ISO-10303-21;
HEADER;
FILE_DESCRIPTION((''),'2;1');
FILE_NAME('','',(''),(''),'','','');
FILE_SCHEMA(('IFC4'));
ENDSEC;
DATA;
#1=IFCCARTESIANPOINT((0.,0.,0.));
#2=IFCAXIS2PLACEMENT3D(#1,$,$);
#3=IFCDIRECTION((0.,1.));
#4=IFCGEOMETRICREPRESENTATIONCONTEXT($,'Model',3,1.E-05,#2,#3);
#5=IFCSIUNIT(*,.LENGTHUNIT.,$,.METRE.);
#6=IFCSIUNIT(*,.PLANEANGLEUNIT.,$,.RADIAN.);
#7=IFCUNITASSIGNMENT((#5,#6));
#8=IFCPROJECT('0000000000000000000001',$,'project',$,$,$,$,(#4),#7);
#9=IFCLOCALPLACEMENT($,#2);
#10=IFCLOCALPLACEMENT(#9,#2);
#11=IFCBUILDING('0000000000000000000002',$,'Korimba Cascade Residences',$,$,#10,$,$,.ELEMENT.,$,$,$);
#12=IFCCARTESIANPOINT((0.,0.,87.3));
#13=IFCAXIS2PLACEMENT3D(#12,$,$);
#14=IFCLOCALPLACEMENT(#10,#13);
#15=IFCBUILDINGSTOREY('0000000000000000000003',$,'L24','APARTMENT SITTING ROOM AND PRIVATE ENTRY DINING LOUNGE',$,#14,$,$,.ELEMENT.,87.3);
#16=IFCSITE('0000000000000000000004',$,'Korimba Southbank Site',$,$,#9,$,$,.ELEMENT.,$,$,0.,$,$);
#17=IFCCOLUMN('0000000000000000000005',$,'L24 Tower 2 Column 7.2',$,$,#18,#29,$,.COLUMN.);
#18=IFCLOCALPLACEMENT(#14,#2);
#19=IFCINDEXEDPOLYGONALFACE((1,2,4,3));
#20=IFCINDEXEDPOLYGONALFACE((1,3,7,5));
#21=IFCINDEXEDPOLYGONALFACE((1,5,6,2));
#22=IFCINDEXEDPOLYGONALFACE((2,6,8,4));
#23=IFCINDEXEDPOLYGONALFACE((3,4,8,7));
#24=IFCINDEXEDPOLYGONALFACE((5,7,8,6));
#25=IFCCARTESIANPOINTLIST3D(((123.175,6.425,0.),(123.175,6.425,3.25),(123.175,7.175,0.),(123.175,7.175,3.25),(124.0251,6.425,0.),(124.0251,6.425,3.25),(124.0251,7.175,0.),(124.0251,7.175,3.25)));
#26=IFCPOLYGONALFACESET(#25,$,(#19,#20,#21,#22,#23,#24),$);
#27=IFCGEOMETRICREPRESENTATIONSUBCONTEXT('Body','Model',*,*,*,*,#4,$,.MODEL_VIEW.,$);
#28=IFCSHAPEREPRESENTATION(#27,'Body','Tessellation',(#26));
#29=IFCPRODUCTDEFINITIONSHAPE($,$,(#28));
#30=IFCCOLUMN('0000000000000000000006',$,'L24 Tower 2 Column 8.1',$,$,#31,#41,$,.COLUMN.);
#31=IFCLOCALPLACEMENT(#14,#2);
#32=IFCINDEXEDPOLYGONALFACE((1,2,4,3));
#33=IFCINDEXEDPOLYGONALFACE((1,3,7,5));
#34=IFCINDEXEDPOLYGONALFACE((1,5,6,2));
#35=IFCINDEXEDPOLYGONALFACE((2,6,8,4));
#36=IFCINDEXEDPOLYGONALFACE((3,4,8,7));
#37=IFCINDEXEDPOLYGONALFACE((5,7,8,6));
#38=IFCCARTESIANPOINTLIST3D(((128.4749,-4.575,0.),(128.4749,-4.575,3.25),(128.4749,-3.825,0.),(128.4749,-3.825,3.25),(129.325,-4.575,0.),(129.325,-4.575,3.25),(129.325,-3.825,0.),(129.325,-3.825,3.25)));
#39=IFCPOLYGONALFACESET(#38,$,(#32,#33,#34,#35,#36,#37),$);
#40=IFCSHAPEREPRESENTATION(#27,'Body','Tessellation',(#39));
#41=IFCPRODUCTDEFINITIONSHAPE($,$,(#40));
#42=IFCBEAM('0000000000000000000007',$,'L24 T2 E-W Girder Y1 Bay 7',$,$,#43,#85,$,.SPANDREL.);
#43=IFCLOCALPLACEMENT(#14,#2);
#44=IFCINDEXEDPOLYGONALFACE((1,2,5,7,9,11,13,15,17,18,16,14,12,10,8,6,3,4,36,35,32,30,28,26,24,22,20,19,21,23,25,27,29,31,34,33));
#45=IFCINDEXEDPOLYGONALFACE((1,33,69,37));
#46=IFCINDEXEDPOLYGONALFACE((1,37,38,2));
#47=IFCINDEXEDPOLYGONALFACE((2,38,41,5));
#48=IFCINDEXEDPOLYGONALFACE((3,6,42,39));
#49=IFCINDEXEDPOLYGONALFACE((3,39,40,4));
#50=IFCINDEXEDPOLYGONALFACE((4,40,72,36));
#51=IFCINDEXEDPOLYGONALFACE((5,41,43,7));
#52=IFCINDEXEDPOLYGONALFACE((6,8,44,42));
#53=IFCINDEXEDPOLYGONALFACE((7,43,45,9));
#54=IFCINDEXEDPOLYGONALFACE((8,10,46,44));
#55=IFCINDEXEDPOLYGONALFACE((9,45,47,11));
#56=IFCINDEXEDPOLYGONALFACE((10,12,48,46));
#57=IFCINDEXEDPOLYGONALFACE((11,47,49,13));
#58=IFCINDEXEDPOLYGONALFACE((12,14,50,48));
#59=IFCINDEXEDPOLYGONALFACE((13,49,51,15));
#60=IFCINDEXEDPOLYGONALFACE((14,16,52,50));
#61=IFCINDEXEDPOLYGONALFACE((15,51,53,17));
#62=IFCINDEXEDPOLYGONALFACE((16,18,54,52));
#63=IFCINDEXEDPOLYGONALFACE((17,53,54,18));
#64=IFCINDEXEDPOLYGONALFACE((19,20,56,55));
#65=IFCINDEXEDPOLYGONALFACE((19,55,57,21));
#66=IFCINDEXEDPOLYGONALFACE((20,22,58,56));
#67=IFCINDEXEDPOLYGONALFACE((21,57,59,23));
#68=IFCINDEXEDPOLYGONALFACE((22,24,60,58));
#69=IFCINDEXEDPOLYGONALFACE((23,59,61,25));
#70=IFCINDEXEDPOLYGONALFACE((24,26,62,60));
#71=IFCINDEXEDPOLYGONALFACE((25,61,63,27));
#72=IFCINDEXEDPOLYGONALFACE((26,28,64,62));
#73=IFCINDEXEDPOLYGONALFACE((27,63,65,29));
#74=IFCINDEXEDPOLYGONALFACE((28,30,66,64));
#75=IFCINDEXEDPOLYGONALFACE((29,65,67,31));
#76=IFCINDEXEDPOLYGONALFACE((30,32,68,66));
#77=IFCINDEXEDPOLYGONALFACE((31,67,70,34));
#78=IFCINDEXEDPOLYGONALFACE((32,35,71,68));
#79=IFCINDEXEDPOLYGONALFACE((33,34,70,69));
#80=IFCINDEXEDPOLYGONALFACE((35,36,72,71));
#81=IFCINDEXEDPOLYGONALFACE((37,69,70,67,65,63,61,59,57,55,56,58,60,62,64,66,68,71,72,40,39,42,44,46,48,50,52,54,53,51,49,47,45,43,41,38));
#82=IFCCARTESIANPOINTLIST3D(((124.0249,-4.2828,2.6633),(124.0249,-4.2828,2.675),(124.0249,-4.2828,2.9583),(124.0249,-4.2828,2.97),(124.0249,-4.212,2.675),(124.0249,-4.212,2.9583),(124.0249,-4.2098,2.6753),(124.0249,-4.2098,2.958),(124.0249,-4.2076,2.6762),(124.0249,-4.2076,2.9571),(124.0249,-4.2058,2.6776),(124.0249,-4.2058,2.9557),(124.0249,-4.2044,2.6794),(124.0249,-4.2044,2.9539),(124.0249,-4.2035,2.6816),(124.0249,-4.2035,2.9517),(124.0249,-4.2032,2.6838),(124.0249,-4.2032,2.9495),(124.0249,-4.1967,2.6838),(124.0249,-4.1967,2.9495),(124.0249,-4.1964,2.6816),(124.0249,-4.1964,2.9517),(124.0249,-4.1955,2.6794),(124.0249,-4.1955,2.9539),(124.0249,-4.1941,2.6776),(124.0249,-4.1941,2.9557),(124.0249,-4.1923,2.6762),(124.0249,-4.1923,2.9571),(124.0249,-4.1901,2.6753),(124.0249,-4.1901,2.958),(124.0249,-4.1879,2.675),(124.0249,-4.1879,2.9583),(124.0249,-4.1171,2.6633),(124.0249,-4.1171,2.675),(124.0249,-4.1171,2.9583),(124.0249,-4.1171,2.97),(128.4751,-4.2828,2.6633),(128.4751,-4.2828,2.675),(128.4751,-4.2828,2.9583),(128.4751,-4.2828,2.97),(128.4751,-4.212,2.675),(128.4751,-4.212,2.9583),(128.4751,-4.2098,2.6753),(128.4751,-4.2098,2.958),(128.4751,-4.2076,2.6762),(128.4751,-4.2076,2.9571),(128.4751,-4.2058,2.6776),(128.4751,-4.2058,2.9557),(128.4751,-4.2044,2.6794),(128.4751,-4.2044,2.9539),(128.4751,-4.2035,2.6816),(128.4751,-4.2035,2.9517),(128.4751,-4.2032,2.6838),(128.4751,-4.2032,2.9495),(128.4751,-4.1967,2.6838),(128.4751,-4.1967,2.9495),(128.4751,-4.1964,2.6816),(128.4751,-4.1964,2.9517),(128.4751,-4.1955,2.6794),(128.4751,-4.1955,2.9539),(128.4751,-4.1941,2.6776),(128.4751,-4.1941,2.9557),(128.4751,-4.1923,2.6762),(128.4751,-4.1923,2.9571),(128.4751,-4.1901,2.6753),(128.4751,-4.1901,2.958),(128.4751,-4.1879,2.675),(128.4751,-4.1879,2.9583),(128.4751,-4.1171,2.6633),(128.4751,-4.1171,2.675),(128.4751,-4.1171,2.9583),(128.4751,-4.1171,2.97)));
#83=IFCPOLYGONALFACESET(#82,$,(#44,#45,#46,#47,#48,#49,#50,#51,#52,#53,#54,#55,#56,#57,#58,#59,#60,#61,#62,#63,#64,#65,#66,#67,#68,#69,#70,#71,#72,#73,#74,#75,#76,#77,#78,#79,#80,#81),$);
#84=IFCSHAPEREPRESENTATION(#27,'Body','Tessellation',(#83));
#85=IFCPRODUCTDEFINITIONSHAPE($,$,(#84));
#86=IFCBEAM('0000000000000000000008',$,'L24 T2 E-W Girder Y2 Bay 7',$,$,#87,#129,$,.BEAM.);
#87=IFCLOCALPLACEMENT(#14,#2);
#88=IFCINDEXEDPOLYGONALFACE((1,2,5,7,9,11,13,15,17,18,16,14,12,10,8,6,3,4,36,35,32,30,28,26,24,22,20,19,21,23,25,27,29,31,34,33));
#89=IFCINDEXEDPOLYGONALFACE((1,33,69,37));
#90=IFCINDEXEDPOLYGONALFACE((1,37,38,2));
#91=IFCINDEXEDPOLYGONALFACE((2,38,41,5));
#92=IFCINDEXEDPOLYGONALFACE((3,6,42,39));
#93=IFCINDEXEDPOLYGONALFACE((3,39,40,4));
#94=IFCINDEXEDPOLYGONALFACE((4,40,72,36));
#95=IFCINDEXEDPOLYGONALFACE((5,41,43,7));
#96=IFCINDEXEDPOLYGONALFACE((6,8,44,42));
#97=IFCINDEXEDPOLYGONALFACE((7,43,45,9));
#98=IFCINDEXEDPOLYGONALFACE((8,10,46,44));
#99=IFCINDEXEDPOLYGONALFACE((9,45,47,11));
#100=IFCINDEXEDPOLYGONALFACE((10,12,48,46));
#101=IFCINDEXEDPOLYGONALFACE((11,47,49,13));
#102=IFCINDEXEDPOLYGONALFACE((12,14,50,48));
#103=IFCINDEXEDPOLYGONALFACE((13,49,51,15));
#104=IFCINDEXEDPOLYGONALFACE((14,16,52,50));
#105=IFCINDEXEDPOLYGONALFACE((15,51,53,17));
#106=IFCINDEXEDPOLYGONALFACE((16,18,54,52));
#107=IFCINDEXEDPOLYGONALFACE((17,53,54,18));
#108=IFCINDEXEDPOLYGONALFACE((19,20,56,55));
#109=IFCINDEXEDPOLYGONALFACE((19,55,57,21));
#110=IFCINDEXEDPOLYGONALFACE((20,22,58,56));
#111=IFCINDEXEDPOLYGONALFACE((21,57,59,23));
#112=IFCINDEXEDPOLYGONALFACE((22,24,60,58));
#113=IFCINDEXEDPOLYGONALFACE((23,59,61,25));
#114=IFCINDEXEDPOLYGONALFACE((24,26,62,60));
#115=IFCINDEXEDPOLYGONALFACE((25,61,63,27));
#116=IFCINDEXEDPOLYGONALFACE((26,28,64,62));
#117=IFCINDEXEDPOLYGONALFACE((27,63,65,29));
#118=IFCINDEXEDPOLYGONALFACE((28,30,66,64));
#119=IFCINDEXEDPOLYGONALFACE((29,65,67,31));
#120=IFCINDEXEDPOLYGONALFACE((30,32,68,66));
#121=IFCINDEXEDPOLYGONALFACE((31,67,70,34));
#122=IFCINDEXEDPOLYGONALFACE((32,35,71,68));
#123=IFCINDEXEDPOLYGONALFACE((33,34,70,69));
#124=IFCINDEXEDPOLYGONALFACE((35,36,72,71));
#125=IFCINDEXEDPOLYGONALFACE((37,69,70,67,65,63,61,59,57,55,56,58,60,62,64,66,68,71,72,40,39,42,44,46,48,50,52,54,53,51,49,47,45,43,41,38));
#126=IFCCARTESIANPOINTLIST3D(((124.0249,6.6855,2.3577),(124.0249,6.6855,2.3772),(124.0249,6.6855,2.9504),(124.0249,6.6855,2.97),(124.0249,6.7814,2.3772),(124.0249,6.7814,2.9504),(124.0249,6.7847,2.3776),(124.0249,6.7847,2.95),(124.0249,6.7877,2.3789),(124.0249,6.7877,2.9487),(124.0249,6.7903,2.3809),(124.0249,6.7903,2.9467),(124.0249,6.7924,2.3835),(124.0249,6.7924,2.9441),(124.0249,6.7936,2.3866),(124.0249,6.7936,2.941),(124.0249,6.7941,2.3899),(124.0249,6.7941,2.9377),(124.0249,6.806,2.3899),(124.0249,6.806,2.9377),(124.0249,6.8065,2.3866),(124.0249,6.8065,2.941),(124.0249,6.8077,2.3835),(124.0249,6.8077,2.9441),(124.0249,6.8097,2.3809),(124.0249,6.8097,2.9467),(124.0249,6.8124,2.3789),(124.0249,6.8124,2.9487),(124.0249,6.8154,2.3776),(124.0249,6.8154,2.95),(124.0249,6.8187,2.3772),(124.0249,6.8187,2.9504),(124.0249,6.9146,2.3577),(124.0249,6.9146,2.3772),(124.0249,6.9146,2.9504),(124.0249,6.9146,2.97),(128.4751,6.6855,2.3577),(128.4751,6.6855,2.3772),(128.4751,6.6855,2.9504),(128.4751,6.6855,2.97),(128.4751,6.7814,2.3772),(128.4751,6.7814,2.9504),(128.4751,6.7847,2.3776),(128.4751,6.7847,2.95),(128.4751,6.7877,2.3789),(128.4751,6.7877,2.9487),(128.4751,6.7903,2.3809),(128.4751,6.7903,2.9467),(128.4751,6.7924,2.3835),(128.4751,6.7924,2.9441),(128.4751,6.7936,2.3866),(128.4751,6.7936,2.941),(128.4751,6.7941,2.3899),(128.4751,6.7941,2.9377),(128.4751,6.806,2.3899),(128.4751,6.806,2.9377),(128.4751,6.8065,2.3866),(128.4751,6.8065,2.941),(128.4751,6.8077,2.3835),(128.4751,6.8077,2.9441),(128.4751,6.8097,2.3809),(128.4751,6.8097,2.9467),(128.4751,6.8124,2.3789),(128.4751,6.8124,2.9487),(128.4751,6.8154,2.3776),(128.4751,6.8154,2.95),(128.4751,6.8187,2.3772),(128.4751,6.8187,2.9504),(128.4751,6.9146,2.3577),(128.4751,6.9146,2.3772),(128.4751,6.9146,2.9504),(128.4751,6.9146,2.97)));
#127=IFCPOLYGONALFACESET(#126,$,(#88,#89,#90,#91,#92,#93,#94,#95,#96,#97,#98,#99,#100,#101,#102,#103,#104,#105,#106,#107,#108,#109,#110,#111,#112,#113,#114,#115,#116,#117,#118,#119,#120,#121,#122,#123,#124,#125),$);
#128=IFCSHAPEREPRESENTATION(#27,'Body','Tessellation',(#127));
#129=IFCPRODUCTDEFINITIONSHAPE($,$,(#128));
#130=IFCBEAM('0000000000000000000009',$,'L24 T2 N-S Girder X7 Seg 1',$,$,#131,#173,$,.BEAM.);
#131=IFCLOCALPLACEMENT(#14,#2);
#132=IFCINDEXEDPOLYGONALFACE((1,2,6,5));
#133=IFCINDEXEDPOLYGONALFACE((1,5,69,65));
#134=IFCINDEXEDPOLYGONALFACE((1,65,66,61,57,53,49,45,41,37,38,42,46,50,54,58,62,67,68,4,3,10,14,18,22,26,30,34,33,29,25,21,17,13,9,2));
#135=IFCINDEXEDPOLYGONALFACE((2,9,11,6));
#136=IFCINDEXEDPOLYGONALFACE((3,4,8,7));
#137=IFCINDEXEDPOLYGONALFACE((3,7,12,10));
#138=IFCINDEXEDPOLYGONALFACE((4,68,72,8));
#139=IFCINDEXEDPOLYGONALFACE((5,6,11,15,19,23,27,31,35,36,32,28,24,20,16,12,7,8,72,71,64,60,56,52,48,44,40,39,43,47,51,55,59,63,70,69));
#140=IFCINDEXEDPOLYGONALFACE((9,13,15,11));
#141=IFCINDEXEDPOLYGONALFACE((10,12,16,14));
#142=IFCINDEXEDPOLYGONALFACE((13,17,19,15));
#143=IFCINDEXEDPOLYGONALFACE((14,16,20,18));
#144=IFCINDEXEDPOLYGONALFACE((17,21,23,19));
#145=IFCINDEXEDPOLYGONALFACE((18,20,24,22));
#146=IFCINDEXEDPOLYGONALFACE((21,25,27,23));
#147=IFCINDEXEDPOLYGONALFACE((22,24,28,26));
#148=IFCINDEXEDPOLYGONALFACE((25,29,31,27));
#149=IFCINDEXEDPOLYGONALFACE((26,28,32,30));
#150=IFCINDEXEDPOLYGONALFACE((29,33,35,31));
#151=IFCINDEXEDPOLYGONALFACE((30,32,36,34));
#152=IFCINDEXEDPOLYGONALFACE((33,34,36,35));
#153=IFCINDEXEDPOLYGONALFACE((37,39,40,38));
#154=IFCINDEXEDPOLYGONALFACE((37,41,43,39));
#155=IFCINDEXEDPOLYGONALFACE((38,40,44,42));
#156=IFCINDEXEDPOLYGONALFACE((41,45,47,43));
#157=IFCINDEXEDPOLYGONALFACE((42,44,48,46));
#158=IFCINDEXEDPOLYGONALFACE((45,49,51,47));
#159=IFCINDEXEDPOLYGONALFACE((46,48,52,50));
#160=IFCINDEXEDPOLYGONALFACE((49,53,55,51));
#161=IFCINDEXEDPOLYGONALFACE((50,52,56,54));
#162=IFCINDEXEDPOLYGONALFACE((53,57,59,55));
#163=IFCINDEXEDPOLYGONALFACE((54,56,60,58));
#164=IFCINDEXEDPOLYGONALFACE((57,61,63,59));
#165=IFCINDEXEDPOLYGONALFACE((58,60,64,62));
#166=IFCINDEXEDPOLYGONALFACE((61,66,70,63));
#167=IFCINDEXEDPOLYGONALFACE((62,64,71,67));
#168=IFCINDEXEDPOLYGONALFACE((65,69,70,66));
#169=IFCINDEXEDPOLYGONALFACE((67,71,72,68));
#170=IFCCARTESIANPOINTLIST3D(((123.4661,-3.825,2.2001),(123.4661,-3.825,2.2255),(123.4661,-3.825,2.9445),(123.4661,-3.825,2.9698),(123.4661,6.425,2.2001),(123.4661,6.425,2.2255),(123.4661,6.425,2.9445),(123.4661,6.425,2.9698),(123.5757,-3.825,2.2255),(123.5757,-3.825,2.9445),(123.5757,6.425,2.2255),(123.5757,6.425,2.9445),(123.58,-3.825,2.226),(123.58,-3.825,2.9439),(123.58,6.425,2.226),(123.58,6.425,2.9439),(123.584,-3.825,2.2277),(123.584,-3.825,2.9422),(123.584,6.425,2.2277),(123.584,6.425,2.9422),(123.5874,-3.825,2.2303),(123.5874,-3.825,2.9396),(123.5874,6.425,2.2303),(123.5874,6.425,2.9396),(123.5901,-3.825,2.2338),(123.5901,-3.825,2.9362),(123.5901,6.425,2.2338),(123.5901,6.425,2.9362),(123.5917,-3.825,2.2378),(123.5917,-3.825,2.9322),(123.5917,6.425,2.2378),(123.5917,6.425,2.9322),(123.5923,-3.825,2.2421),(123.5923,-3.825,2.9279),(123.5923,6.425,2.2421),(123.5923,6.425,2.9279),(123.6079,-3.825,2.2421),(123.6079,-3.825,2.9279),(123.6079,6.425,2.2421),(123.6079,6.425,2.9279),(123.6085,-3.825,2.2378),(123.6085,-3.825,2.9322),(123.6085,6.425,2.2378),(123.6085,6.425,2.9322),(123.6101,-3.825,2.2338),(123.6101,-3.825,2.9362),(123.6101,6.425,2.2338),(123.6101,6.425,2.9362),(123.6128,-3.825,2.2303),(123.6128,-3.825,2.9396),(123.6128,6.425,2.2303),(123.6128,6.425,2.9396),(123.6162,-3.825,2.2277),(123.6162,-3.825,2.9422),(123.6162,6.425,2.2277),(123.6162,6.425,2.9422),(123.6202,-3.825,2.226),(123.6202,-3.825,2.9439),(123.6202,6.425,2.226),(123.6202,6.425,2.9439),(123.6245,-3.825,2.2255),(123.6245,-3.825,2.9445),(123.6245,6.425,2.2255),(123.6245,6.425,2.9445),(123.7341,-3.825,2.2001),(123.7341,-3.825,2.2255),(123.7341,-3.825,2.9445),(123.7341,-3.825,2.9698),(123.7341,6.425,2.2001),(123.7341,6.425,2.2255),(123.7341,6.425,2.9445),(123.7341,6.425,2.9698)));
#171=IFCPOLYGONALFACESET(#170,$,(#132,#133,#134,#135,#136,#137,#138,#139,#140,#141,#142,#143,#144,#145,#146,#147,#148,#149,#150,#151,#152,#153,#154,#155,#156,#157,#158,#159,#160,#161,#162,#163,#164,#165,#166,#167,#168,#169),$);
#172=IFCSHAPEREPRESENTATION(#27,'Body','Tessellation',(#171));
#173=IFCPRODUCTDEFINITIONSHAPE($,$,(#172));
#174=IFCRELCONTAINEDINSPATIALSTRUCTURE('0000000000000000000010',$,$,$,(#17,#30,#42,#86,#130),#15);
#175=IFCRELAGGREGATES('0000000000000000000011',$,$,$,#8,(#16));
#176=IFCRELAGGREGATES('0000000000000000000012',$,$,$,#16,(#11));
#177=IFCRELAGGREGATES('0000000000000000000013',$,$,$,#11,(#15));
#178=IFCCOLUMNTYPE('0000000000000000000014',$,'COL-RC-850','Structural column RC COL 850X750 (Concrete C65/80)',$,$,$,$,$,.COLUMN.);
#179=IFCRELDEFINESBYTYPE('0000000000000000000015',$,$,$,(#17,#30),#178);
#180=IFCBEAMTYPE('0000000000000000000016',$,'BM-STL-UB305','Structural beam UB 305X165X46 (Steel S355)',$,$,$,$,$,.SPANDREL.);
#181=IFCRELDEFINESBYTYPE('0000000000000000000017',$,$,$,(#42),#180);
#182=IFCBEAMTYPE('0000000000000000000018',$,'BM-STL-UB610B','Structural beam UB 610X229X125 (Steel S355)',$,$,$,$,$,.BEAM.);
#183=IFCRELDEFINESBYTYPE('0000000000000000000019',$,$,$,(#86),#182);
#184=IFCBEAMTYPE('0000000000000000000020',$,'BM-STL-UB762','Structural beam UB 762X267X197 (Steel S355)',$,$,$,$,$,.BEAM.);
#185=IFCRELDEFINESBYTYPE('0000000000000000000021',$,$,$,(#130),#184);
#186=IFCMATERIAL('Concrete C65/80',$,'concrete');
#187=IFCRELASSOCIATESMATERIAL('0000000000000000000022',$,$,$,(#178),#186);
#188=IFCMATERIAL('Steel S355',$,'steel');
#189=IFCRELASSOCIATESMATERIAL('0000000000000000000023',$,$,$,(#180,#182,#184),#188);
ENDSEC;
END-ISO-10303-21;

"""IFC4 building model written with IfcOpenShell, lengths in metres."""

from ifc_helpers import new_model, si_unit, direction, frame, origin, origin_2d, place, context, subcontext, project, spatial, rectangle, i_section, extrude, material, material_profile, profile_set, type_object, element, save


model = new_model("IFC4")

# Units and contexts
model_context = context("Model", 3, precision=1e-05, world=origin(), true_north=direction((0.0, 1.0)))
body_context = subcontext(model_context, "Body", "Model", "MODEL_VIEW")
ifc_project = project(units=[si_unit("LENGTHUNIT", "METRE"), si_unit("PLANEANGLEUNIT", "RADIAN")], contexts=[model_context])

# Site, building, storey
site_placement = place(None, origin())
site = spatial("IfcSite", under=ifc_project, at=site_placement, Name="Korimba Southbank Site", CompositionType="ELEMENT", RefElevation=0.0)
building_placement = place(site_placement, origin())
building = spatial("IfcBuilding", under=site, at=building_placement, Name="Korimba Cascade Residences", CompositionType="ELEMENT")
storey_placement = place(building_placement, frame((0.0, 0.0, 87.3)))
storey = spatial("IfcBuildingStorey", under=building, at=storey_placement, Name="L24", Description="APARTMENT SITTING ROOM AND PRIVATE ENTRY DINING LOUNGE", CompositionType="ELEMENT", Elevation=87.3)

# Columns
ifc_material_1 = material(Name="Concrete C65/80", Category="concrete")
ifc_material_profile_1 = material_profile(ifc_material_1, rectangle(XDim=0.8501, YDim=0.75, at=origin_2d()), Name="Concrete C65/80")
ifc_profile_set_1 = profile_set([ifc_material_profile_1], Name="Concrete C65/80")
column_type = type_object("IfcColumnType", Name="COL-RC-850", Description="Structural column RC COL 850X750 (Concrete C65/80)", PredefinedType="COLUMN", material=ifc_profile_set_1)
for number, where, z_axis, x_axis, name in (
    (1, (123.6001, 6.8, 0.0), (0.0, 0.0, 1.0), (1.0, 0.0, 0.0), "L24 Tower 2 Column 7.2"),
    (2, (128.8999, -4.2, 0.0), (0.0, 0.0, 1.0), (1.0, 0.0, 0.0), "L24 Tower 2 Column 8.1"),
):
    element("IfcColumn", number, at=place(storey_placement, frame(where, z_axis=z_axis, x_axis=x_axis)), inside=storey, type_object=column_type, Name=name, PredefinedType="COLUMN", context=body_context, shape_type="SweptSolid", body=[
        extrude(rectangle(XDim=0.8501, YDim=0.75, at=origin_2d()), origin(), (0.0, 0.0, 1.0), 3.25),
    ])

# Beams
ifc_material_2 = material(Name="Steel S355", Category="steel")
ifc_material_profile_2 = material_profile(ifc_material_2, i_section(OverallWidth=0.1658, OverallDepth=0.3066, WebThickness=0.0066, FlangeThickness=0.0117, FilletRadius=0.0088, at=origin_2d()), Name="Steel S355")
ifc_profile_set_2 = profile_set([ifc_material_profile_2], Name="Steel S355")
beam_type_1 = type_object("IfcBeamType", Name="BM-STL-UB305", Description="Structural beam UB 305X165X46 (Steel S355)", PredefinedType="SPANDREL", material=ifc_profile_set_2)
beam_1_placement = place(storey_placement, frame((124.0249, -4.2, 2.8167), z_axis=(1.0, 0.0, 0.0), x_axis=(0.0, 1.0, 0.0)))
element("IfcBeam", 3, at=beam_1_placement, inside=storey, type_object=beam_type_1, Name="L24 T2 E-W Girder Y1 Bay 7", PredefinedType="SPANDREL", context=body_context, shape_type="SweptSolid", body=[
    extrude(i_section(OverallWidth=0.1658, OverallDepth=0.3066, WebThickness=0.0066, FlangeThickness=0.0117, FilletRadius=0.0088, at=origin_2d()), origin(), (0.0, 0.0, 1.0), 4.4502),
])
ifc_material_profile_3 = material_profile(ifc_material_2, i_section(OverallWidth=0.229, OverallDepth=0.6123, WebThickness=0.012, FlangeThickness=0.0195, FilletRadius=0.0127, at=origin_2d()), Name="Steel S355")
ifc_profile_set_3 = profile_set([ifc_material_profile_3], Name="Steel S355")
beam_type_2 = type_object("IfcBeamType", Name="BM-STL-UB610B", Description="Structural beam UB 610X229X125 (Steel S355)", PredefinedType="BEAM", material=ifc_profile_set_3)
beam_2_placement = place(storey_placement, frame((124.0249, 6.8, 2.6638), z_axis=(1.0, 0.0, 0.0), x_axis=(0.0, 1.0, 0.0)))
element("IfcBeam", 4, at=beam_2_placement, inside=storey, type_object=beam_type_2, Name="L24 T2 E-W Girder Y2 Bay 7", PredefinedType="BEAM", context=body_context, shape_type="SweptSolid", body=[
    extrude(i_section(OverallWidth=0.229, OverallDepth=0.6123, WebThickness=0.012, FlangeThickness=0.0195, FilletRadius=0.0127, at=origin_2d()), origin(), (0.0, 0.0, 1.0), 4.4502),
])
ifc_material_profile_4 = material_profile(ifc_material_2, i_section(OverallWidth=0.2681, OverallDepth=0.7698, WebThickness=0.0156, FlangeThickness=0.0254, FilletRadius=0.0166, at=origin_2d()), Name="Steel S355")
ifc_profile_set_4 = profile_set([ifc_material_profile_4], Name="Steel S355")
beam_type_3 = type_object("IfcBeamType", Name="BM-STL-UB762", Description="Structural beam UB 762X267X197 (Steel S355)", PredefinedType="BEAM", material=ifc_profile_set_4)
for number, where, z_axis, x_axis, name in (
    (5, (123.6001, -3.825, 2.585), (0.0, 1.0, 0.0), (-1.0, 0.0, 0.0), "L24 T2 N-S Girder X7 Seg 1"),
):
    element("IfcBeam", number, at=place(storey_placement, frame(where, z_axis=z_axis, x_axis=x_axis)), inside=storey, type_object=beam_type_3, Name=name, PredefinedType="BEAM", context=body_context, shape_type="SweptSolid", body=[
        extrude(i_section(OverallWidth=0.2681, OverallDepth=0.7698, WebThickness=0.0156, FlangeThickness=0.0254, FilletRadius=0.0166, at=origin_2d()), origin(), (0.0, 0.0, 1.0), 10.25),
    ])

save(model, "model.ifc")
